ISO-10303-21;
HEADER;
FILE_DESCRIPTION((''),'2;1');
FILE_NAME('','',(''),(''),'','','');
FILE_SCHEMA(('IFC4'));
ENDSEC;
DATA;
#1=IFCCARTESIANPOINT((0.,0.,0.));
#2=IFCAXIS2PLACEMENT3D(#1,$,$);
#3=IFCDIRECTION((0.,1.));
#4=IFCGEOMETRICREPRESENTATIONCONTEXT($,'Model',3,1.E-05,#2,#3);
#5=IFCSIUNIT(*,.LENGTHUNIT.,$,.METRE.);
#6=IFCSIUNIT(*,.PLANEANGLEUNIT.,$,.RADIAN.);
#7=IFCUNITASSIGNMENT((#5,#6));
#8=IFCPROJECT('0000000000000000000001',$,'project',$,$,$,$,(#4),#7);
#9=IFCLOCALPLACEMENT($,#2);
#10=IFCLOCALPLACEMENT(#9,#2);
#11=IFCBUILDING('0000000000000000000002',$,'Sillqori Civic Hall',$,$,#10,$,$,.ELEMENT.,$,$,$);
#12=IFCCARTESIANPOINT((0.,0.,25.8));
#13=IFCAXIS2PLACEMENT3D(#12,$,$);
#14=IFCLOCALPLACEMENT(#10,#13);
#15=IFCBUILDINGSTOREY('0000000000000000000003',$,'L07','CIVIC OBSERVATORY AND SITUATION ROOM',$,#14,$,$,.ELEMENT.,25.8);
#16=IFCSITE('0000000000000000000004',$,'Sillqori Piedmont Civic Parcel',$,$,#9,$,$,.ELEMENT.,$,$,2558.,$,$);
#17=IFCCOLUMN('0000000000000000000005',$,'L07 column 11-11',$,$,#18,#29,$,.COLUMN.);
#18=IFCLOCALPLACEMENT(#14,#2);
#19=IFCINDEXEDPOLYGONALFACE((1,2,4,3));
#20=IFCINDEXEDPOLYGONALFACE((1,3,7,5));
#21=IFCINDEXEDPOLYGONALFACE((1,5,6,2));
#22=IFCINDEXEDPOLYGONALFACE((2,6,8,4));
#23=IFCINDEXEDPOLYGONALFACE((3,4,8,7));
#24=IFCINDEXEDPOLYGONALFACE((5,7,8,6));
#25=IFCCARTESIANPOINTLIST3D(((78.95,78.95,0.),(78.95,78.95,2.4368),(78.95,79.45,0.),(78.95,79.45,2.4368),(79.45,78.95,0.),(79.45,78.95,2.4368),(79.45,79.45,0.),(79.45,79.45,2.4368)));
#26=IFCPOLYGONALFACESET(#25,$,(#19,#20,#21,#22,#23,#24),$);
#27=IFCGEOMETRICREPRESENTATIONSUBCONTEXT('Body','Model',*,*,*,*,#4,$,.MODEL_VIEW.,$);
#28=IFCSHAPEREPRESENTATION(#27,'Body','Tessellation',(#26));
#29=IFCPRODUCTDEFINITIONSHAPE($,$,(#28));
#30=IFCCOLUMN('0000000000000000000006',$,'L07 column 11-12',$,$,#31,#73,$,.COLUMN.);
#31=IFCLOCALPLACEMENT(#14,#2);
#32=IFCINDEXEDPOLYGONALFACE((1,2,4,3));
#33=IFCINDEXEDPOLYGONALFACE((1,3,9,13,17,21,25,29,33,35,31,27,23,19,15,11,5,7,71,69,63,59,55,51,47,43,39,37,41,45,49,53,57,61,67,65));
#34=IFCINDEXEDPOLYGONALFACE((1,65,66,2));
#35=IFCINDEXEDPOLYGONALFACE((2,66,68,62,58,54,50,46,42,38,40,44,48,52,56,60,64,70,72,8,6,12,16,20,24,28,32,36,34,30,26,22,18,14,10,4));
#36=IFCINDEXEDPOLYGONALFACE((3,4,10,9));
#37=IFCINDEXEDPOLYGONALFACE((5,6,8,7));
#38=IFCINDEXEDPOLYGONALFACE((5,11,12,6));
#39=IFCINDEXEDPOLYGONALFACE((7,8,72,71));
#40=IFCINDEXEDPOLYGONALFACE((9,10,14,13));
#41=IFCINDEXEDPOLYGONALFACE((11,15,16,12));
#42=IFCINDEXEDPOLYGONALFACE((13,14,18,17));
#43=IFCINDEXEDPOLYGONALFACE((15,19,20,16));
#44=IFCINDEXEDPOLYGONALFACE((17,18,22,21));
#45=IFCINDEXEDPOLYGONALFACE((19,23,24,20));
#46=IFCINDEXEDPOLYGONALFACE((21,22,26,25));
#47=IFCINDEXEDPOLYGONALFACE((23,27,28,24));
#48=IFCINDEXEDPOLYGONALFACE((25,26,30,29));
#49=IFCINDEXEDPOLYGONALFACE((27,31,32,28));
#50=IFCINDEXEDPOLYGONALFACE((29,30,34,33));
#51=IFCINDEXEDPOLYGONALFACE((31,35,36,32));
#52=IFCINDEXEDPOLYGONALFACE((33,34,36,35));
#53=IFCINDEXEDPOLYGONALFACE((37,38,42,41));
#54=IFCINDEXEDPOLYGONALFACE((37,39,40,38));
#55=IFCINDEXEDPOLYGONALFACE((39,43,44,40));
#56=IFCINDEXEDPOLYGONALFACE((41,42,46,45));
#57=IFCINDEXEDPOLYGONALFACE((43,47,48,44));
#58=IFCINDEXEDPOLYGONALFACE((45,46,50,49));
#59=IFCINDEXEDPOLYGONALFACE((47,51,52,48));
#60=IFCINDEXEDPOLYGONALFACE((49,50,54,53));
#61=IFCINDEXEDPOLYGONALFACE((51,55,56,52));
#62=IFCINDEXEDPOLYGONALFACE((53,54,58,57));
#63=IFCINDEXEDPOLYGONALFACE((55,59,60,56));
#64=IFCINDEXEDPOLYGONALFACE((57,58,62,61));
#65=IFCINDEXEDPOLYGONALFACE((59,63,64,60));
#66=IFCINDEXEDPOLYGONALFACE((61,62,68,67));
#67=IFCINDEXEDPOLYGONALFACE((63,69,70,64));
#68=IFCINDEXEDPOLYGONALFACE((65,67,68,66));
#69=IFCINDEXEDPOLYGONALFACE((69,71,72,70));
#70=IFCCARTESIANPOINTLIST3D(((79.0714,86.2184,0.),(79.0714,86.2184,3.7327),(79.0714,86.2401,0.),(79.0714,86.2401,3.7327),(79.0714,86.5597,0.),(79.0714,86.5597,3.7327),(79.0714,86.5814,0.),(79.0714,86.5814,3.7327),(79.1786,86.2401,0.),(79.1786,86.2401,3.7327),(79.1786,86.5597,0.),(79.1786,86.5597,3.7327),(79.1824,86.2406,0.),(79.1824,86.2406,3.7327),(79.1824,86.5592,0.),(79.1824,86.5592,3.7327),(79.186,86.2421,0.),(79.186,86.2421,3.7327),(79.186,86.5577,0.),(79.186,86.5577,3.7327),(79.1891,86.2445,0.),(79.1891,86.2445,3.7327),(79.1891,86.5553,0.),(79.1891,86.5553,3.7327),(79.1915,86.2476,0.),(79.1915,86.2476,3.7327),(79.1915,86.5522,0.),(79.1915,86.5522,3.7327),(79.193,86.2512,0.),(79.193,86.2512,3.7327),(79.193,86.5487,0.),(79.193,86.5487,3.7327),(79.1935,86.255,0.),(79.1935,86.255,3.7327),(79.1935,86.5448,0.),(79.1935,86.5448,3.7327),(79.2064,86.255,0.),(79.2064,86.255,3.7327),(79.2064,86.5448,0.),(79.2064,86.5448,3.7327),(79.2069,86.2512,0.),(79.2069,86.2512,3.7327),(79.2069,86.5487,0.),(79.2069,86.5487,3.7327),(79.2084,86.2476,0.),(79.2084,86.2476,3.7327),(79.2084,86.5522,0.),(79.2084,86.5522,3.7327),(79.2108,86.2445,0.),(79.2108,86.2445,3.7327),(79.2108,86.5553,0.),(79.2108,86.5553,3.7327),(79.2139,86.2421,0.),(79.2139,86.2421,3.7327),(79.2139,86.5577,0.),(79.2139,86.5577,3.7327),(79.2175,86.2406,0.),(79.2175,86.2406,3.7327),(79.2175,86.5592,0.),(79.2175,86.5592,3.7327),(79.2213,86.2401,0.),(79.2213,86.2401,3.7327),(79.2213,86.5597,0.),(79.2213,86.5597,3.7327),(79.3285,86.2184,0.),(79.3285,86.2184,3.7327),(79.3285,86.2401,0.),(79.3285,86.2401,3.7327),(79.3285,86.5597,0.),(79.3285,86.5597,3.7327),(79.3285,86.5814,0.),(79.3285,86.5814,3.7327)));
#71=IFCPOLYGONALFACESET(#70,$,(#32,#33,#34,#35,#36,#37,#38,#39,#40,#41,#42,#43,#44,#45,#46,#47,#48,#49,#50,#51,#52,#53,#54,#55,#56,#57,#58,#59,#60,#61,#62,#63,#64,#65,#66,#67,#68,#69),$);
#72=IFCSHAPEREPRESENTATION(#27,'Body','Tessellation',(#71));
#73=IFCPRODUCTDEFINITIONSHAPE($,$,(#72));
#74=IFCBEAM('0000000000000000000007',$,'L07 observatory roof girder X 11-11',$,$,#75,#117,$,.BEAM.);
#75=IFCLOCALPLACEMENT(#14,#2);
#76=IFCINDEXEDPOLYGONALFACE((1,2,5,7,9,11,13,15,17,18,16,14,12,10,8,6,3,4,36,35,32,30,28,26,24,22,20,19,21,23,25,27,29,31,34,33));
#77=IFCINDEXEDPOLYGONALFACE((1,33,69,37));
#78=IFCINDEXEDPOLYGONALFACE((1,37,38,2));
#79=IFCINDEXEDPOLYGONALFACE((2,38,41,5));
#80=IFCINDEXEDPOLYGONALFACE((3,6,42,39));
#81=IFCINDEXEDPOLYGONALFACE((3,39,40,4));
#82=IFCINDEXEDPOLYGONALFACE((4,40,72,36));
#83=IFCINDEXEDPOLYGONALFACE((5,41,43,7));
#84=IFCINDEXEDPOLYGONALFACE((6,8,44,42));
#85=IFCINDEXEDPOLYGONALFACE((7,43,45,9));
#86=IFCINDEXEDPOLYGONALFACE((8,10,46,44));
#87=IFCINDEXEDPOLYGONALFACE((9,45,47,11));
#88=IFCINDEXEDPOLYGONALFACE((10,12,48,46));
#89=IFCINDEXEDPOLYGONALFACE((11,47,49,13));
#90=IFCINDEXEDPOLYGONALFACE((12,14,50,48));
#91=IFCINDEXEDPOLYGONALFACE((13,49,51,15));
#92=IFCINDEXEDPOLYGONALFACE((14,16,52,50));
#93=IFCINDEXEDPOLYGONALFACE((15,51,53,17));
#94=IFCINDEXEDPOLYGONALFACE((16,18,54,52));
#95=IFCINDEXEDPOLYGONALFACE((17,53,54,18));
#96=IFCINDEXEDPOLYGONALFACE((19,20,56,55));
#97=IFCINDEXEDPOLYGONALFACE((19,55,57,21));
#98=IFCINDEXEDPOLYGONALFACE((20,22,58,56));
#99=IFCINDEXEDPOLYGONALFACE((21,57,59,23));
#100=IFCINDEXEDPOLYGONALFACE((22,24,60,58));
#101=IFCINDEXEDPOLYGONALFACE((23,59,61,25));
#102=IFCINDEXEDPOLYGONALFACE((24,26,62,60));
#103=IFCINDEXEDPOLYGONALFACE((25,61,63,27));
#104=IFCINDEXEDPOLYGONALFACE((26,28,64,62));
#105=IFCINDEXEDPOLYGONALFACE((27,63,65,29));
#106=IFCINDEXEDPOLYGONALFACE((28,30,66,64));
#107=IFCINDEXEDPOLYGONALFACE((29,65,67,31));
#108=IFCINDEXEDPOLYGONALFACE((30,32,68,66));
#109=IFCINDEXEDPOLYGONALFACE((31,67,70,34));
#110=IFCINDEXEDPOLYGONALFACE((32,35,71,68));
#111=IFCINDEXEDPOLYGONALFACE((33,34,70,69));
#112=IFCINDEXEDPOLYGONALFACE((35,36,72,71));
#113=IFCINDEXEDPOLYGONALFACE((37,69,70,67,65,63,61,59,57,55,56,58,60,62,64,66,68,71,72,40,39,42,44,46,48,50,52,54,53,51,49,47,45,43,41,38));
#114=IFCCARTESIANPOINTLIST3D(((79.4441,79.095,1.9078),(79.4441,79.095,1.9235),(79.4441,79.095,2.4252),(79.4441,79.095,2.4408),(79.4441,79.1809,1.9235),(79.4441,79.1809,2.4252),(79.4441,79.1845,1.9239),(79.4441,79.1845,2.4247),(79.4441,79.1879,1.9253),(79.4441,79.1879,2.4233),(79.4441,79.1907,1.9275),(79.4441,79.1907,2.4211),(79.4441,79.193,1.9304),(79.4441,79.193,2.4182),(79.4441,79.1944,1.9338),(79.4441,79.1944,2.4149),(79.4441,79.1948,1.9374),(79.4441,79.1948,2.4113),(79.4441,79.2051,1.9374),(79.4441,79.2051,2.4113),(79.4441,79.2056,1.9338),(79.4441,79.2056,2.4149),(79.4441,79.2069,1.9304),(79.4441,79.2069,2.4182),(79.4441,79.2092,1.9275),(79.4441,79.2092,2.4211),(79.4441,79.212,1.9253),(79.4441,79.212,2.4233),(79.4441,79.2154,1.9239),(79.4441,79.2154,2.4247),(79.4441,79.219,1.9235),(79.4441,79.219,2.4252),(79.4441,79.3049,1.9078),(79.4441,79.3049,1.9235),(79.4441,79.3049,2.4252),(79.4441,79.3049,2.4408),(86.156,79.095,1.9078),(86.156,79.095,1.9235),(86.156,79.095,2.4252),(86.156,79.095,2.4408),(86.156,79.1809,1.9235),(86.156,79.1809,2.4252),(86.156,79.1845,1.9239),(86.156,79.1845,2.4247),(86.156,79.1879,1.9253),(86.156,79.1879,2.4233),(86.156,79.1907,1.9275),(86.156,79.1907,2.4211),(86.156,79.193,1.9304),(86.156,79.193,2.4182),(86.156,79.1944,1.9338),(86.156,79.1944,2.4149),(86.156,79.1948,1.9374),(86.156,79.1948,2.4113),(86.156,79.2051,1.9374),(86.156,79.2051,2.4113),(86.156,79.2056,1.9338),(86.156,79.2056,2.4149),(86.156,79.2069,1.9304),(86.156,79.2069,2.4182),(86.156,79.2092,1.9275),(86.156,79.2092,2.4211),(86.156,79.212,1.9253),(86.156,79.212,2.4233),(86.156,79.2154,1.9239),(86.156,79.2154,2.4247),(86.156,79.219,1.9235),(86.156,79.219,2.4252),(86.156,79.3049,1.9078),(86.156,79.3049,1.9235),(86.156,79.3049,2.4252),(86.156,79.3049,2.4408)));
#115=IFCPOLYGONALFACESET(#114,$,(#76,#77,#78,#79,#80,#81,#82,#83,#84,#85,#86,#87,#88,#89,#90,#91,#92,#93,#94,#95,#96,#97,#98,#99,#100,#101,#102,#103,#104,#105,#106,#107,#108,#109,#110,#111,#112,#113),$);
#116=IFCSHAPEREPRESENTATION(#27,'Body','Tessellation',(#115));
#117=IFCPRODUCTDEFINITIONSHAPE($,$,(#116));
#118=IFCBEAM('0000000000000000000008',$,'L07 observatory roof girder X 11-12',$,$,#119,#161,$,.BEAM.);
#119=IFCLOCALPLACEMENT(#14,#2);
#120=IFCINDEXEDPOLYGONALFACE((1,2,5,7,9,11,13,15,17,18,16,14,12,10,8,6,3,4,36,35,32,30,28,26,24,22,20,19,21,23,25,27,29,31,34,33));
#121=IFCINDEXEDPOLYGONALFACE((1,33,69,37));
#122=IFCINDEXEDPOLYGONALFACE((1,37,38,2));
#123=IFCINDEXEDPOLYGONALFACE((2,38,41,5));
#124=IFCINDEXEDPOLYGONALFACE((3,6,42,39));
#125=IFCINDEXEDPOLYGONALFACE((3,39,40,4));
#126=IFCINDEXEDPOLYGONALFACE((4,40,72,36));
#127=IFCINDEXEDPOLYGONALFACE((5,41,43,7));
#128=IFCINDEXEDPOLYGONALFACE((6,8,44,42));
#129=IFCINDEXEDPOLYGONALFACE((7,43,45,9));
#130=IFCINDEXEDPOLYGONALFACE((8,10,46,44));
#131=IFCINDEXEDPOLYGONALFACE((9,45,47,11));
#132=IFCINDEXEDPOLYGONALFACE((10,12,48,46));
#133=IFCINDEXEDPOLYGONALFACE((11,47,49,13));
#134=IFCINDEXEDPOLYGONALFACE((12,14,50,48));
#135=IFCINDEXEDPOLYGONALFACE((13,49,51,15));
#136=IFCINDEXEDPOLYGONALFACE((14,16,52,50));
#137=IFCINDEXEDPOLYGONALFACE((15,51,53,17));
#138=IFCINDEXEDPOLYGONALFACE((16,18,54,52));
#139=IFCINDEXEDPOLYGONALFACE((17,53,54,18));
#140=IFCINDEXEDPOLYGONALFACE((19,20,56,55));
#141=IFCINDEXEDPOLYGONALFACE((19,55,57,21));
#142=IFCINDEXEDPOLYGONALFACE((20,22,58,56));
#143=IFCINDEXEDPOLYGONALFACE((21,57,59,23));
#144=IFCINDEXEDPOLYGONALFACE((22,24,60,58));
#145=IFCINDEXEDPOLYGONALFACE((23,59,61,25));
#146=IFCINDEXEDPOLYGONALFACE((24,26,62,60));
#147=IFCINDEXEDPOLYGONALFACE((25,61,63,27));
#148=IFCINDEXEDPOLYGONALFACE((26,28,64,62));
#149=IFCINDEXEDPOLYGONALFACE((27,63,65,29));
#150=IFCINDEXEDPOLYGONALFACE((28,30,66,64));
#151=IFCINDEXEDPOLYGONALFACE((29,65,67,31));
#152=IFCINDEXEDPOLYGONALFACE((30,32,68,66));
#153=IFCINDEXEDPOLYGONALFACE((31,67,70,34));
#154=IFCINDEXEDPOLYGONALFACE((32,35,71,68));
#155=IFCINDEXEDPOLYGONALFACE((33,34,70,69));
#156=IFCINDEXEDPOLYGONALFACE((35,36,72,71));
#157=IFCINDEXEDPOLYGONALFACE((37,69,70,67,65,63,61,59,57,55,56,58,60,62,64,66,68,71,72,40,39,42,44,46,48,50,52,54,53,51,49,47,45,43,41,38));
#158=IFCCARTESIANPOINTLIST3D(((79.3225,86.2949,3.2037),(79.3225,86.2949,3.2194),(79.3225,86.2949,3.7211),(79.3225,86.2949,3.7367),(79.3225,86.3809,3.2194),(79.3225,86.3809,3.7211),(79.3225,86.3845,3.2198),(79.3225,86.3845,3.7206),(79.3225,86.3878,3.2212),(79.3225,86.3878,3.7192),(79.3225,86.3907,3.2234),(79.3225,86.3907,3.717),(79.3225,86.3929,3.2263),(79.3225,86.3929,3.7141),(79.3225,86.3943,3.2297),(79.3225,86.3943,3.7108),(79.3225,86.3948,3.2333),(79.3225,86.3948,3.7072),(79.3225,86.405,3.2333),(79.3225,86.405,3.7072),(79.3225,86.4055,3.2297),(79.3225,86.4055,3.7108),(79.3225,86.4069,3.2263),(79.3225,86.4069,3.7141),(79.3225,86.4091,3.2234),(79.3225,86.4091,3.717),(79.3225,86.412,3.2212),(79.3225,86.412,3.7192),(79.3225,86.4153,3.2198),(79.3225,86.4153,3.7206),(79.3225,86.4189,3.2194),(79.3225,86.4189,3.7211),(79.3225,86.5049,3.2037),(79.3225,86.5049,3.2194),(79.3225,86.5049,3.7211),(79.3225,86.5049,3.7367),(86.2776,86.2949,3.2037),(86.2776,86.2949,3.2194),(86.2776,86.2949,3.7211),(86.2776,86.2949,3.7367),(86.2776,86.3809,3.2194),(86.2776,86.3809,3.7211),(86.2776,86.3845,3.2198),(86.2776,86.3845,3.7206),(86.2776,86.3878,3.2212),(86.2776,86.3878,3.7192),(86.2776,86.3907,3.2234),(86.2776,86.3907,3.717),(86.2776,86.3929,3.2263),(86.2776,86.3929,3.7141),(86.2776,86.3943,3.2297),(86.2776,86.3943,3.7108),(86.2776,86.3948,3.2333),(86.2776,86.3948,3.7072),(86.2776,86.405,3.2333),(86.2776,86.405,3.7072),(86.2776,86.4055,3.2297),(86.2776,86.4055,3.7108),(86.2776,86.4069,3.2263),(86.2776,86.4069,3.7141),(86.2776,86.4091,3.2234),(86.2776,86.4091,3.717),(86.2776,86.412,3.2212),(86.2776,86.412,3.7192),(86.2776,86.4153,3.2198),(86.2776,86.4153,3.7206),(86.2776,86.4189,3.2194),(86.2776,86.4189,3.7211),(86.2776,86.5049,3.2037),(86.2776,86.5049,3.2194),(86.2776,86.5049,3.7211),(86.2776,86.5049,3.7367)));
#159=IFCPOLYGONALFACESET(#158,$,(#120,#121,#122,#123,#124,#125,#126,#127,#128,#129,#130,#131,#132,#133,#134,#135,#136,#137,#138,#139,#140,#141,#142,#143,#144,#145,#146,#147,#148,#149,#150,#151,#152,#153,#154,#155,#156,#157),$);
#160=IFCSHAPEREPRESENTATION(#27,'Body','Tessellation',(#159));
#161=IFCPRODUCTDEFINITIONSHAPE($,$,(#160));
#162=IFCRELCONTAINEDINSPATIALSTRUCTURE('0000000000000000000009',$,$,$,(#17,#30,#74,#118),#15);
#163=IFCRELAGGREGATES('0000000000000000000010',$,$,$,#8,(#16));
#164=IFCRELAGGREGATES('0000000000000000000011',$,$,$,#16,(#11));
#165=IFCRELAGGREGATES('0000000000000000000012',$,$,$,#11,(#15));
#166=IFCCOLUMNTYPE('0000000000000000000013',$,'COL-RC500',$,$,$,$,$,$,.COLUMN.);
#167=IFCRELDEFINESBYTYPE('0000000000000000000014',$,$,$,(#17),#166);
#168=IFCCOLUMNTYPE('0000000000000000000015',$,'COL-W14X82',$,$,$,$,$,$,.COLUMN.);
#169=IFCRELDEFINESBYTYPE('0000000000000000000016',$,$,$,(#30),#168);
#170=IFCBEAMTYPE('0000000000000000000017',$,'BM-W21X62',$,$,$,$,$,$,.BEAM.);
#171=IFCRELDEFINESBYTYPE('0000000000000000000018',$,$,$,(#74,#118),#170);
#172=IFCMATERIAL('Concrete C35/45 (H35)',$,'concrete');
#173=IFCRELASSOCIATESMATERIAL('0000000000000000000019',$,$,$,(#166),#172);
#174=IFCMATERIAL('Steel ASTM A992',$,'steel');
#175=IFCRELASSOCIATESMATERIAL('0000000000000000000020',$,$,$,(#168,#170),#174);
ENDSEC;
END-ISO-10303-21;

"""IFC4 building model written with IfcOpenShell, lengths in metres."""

from ifc_helpers import new_model, si_unit, direction, frame, origin, origin_2d, place, context, subcontext, project, spatial, rectangle, i_section, extrude, material, material_profile, profile_set, type_object, element, save


model = new_model("IFC4")

# Units and contexts
model_context = context("Model", 3, precision=1e-05, world=origin(), true_north=direction((0.0, 1.0)))
body_context = subcontext(model_context, "Body", "Model", "MODEL_VIEW")
ifc_project = project(units=[si_unit("LENGTHUNIT", "METRE"), si_unit("PLANEANGLEUNIT", "RADIAN")], contexts=[model_context])

# Site, building, storey
site_placement = place(None, origin())
site = spatial("IfcSite", under=ifc_project, at=site_placement, Name="Sillqori Piedmont Civic Parcel", CompositionType="ELEMENT", RefElevation=2558.0)
building_placement = place(site_placement, origin())
building = spatial("IfcBuilding", under=site, at=building_placement, Name="Sillqori Civic Hall", CompositionType="ELEMENT")
storey_placement = place(building_placement, frame((0.0, 0.0, 25.8)))
storey = spatial("IfcBuildingStorey", under=building, at=storey_placement, Name="L07", Description="CIVIC OBSERVATORY AND SITUATION ROOM", CompositionType="ELEMENT", Elevation=25.8)

# Columns
ifc_material_1 = material(Name="Concrete C35/45 (H35)", Category="concrete")
ifc_material_profile_1 = material_profile(ifc_material_1, rectangle(XDim=0.5, YDim=0.5, at=origin_2d()), Name="RC 500x500")
ifc_profile_set_1 = profile_set([ifc_material_profile_1], Name="Concrete C35/45 (H35)")
column_type_1 = type_object("IfcColumnType", Name="COL-RC500", PredefinedType="COLUMN", material=ifc_profile_set_1)
column_1_placement = place(storey_placement, frame((79.2, 79.2, 0.0), z_axis=(0.0, 0.0, 1.0), x_axis=(1.0, 0.0, 0.0)))
element("IfcColumn", 1, at=column_1_placement, inside=storey, type_object=column_type_1, Name="L07 column 11-11", PredefinedType="COLUMN", context=body_context, shape_type="SweptSolid", body=[
    extrude(rectangle(XDim=0.5, YDim=0.5, at=origin_2d()), origin(), (0.0, 0.0, 1.0), 2.4368),
])
ifc_material_2 = material(Name="Steel ASTM A992", Category="steel")
ifc_material_profile_2 = material_profile(ifc_material_2, i_section(OverallWidth=0.2571, OverallDepth=0.363, WebThickness=0.0129, FlangeThickness=0.0217, FilletRadius=0.0149, at=origin_2d()), Name="W14X82")
ifc_profile_set_2 = profile_set([ifc_material_profile_2], Name="Steel ASTM A992")
column_type_2 = type_object("IfcColumnType", Name="COL-W14X82", PredefinedType="COLUMN", material=ifc_profile_set_2)
column_2_placement = place(storey_placement, frame((79.2, 86.3999, 0.0), z_axis=(0.0, 0.0, 1.0), x_axis=(1.0, 0.0, 0.0)))
element("IfcColumn", 2, at=column_2_placement, inside=storey, type_object=column_type_2, Name="L07 column 11-12", PredefinedType="COLUMN", context=body_context, shape_type="SweptSolid", body=[
    extrude(i_section(OverallWidth=0.2571, OverallDepth=0.363, WebThickness=0.0129, FlangeThickness=0.0217, FilletRadius=0.0149, at=origin_2d()), origin(), (0.0, 0.0, 1.0), 3.7327),
])

# Beams
ifc_material_profile_3 = material_profile(ifc_material_2, i_section(OverallWidth=0.21, OverallDepth=0.533, WebThickness=0.0103, FlangeThickness=0.0156, FilletRadius=0.0139, at=origin_2d()), Name="W21X62")
ifc_profile_set_3 = profile_set([ifc_material_profile_3], Name="Steel ASTM A992")
beam_type = type_object("IfcBeamType", Name="BM-W21X62", PredefinedType="BEAM", material=ifc_profile_set_3)
beam_1_placement = place(storey_placement, frame((79.4441, 79.2, 2.1743), z_axis=(1.0, 0.0, 0.0), x_axis=(0.0, 1.0, 0.0)))
element("IfcBeam", 3, at=beam_1_placement, inside=storey, type_object=beam_type, Name="L07 observatory roof girder X 11-11", PredefinedType="BEAM", context=body_context, shape_type="SweptSolid", body=[
    extrude(i_section(OverallWidth=0.21, OverallDepth=0.533, WebThickness=0.0103, FlangeThickness=0.0156, FilletRadius=0.0139, at=origin_2d()), origin(), (0.0, 0.0, 1.0), 6.7119),
])
beam_2_placement = place(storey_placement, frame((79.3225, 86.3999, 3.4702), z_axis=(1.0, 0.0, 0.0), x_axis=(0.0, 1.0, 0.0)))
element("IfcBeam", 4, at=beam_2_placement, inside=storey, type_object=beam_type, Name="L07 observatory roof girder X 11-12", PredefinedType="BEAM", context=body_context, shape_type="SweptSolid", body=[
    extrude(i_section(OverallWidth=0.21, OverallDepth=0.533, WebThickness=0.0103, FlangeThickness=0.0156, FilletRadius=0.0139, at=origin_2d()), origin(), (0.0, 0.0, 1.0), 6.9551),
])

save(model, "model.ifc")
